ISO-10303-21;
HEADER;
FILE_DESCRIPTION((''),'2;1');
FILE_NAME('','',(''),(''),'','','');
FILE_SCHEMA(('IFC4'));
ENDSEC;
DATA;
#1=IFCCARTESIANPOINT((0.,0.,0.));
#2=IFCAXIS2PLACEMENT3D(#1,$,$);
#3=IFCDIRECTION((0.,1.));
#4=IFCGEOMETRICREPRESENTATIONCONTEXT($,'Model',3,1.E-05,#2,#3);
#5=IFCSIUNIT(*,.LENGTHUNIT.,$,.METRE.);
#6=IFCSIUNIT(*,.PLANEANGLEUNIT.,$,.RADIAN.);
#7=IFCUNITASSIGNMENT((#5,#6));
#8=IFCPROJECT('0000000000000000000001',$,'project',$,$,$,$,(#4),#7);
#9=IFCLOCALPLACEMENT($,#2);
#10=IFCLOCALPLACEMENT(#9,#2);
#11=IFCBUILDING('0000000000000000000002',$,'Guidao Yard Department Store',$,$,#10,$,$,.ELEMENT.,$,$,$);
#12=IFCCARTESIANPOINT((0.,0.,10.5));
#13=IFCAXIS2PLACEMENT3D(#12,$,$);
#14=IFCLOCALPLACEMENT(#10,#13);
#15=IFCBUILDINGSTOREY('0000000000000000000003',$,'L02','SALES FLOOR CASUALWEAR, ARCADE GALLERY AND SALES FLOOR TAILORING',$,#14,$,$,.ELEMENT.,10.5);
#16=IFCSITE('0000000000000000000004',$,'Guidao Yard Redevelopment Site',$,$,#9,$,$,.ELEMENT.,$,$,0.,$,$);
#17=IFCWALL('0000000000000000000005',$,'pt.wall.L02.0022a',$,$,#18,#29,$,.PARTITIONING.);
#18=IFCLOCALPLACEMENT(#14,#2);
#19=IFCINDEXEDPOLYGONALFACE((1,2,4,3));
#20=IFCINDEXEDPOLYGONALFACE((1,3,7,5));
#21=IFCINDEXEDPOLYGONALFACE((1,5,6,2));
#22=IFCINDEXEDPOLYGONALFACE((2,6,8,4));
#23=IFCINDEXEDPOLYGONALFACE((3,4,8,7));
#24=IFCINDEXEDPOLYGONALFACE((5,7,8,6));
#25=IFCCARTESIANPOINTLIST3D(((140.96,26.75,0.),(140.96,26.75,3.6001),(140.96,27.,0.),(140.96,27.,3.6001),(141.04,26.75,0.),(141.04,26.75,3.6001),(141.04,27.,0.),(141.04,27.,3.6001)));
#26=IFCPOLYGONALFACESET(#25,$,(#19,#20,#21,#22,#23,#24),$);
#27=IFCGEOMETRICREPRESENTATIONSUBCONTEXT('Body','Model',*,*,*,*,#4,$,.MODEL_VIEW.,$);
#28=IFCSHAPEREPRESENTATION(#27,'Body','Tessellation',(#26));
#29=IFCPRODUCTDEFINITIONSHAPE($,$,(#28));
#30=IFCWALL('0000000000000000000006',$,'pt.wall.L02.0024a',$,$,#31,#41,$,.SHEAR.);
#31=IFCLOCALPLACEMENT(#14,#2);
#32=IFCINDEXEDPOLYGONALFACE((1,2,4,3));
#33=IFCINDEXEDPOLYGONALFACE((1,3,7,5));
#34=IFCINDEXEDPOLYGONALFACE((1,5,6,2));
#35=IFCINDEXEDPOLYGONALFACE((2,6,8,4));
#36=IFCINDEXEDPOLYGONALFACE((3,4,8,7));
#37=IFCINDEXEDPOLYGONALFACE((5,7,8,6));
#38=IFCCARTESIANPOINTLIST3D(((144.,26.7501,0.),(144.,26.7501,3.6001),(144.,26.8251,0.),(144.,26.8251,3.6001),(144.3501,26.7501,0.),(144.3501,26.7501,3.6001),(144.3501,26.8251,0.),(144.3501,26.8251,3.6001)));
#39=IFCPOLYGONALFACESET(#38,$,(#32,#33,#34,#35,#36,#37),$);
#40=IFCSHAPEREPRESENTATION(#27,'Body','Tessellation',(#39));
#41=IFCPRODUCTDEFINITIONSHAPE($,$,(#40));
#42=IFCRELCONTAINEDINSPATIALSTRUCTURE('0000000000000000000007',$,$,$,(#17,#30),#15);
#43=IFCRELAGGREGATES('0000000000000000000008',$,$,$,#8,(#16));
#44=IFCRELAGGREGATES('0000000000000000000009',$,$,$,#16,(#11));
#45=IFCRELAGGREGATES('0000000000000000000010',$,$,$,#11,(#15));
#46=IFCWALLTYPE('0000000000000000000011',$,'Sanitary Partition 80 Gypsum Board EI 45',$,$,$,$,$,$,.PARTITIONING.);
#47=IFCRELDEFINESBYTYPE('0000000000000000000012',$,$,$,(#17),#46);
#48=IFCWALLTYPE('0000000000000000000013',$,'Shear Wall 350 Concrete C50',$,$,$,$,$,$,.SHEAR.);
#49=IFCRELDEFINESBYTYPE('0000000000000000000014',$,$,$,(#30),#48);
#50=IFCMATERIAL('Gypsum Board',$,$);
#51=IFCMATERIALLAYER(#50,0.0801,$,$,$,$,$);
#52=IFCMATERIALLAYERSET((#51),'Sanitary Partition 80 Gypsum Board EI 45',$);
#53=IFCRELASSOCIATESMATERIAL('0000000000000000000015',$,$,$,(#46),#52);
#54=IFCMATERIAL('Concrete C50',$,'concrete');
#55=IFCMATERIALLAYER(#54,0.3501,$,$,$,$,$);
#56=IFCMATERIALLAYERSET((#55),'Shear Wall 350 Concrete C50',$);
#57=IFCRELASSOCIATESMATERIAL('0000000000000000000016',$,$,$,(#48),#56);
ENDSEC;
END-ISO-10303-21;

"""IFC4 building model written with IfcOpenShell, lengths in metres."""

from ifc_helpers import new_model, si_unit, direction, frame, frame_2d, origin, place, context, subcontext, project, spatial, rectangle, extrude, material, layer, layer_set, type_object, element, save


model = new_model("IFC4")

# Units and contexts
model_context = context("Model", 3, precision=1e-05, world=origin(), true_north=direction((0.0, 1.0)))
body_context = subcontext(model_context, "Body", "Model", "MODEL_VIEW")
ifc_project = project(units=[si_unit("LENGTHUNIT", "METRE"), si_unit("PLANEANGLEUNIT", "RADIAN")], contexts=[model_context])

# Site, building, storey
site_placement = place(None, origin())
site = spatial("IfcSite", under=ifc_project, at=site_placement, Name="Guidao Yard Redevelopment Site", CompositionType="ELEMENT", RefElevation=0.0)
building_placement = place(site_placement, origin())
building = spatial("IfcBuilding", under=site, at=building_placement, Name="Guidao Yard Department Store", CompositionType="ELEMENT")
storey_placement = place(building_placement, frame((0.0, 0.0, 10.5)))
storey = spatial("IfcBuildingStorey", under=building, at=storey_placement, Name="L02", Description="SALES FLOOR CASUALWEAR, ARCADE GALLERY AND SALES FLOOR TAILORING", CompositionType="ELEMENT", Elevation=10.5)

# Walls
ifc_material_1 = material(Name="Gypsum Board")
ifc_layer_1 = layer(ifc_material_1, 0.0801)
ifc_layer_set_1 = layer_set([ifc_layer_1], Name="Sanitary Partition 80 Gypsum Board EI 45")
wall_type_1 = type_object("IfcWallType", Name="Sanitary Partition 80 Gypsum Board EI 45", PredefinedType="PARTITIONING", material=ifc_layer_set_1)
wall_1_placement = place(storey_placement, frame((141.0, 26.75, 0.0), z_axis=(0.0, 0.0, 1.0), x_axis=(0.0, 1.0, 0.0)))
element("IfcWall", 1, at=wall_1_placement, inside=storey, type_object=wall_type_1, Name="pt.wall.L02.0022a", PredefinedType="PARTITIONING", context=body_context, shape_type="SweptSolid", body=[
    extrude(rectangle(XDim=0.25, YDim=0.0801, at=frame_2d((0.125, 0.0))), origin(), (0.0, 0.0, 1.0), 3.6001),
])
ifc_material_2 = material(Name="Concrete C50", Category="concrete")
ifc_layer_2 = layer(ifc_material_2, 0.3501)
ifc_layer_set_2 = layer_set([ifc_layer_2], Name="Shear Wall 350 Concrete C50")
wall_type_2 = type_object("IfcWallType", Name="Shear Wall 350 Concrete C50", PredefinedType="SHEAR", material=ifc_layer_set_2)
wall_2_placement = place(storey_placement, frame((144.175, 26.75, 0.0), z_axis=(0.0, 0.0, 1.0), x_axis=(0.0, 1.0, 0.0)))
element("IfcWall", 2, at=wall_2_placement, inside=storey, type_object=wall_type_2, Name="pt.wall.L02.0024a", PredefinedType="SHEAR", context=body_context, shape_type="SweptSolid", body=[
    extrude(rectangle(XDim=0.075, YDim=0.3501, at=frame_2d((0.0376, 0.0))), origin(), (0.0, 0.0, 1.0), 3.6001),
])

save(model, "model.ifc")
